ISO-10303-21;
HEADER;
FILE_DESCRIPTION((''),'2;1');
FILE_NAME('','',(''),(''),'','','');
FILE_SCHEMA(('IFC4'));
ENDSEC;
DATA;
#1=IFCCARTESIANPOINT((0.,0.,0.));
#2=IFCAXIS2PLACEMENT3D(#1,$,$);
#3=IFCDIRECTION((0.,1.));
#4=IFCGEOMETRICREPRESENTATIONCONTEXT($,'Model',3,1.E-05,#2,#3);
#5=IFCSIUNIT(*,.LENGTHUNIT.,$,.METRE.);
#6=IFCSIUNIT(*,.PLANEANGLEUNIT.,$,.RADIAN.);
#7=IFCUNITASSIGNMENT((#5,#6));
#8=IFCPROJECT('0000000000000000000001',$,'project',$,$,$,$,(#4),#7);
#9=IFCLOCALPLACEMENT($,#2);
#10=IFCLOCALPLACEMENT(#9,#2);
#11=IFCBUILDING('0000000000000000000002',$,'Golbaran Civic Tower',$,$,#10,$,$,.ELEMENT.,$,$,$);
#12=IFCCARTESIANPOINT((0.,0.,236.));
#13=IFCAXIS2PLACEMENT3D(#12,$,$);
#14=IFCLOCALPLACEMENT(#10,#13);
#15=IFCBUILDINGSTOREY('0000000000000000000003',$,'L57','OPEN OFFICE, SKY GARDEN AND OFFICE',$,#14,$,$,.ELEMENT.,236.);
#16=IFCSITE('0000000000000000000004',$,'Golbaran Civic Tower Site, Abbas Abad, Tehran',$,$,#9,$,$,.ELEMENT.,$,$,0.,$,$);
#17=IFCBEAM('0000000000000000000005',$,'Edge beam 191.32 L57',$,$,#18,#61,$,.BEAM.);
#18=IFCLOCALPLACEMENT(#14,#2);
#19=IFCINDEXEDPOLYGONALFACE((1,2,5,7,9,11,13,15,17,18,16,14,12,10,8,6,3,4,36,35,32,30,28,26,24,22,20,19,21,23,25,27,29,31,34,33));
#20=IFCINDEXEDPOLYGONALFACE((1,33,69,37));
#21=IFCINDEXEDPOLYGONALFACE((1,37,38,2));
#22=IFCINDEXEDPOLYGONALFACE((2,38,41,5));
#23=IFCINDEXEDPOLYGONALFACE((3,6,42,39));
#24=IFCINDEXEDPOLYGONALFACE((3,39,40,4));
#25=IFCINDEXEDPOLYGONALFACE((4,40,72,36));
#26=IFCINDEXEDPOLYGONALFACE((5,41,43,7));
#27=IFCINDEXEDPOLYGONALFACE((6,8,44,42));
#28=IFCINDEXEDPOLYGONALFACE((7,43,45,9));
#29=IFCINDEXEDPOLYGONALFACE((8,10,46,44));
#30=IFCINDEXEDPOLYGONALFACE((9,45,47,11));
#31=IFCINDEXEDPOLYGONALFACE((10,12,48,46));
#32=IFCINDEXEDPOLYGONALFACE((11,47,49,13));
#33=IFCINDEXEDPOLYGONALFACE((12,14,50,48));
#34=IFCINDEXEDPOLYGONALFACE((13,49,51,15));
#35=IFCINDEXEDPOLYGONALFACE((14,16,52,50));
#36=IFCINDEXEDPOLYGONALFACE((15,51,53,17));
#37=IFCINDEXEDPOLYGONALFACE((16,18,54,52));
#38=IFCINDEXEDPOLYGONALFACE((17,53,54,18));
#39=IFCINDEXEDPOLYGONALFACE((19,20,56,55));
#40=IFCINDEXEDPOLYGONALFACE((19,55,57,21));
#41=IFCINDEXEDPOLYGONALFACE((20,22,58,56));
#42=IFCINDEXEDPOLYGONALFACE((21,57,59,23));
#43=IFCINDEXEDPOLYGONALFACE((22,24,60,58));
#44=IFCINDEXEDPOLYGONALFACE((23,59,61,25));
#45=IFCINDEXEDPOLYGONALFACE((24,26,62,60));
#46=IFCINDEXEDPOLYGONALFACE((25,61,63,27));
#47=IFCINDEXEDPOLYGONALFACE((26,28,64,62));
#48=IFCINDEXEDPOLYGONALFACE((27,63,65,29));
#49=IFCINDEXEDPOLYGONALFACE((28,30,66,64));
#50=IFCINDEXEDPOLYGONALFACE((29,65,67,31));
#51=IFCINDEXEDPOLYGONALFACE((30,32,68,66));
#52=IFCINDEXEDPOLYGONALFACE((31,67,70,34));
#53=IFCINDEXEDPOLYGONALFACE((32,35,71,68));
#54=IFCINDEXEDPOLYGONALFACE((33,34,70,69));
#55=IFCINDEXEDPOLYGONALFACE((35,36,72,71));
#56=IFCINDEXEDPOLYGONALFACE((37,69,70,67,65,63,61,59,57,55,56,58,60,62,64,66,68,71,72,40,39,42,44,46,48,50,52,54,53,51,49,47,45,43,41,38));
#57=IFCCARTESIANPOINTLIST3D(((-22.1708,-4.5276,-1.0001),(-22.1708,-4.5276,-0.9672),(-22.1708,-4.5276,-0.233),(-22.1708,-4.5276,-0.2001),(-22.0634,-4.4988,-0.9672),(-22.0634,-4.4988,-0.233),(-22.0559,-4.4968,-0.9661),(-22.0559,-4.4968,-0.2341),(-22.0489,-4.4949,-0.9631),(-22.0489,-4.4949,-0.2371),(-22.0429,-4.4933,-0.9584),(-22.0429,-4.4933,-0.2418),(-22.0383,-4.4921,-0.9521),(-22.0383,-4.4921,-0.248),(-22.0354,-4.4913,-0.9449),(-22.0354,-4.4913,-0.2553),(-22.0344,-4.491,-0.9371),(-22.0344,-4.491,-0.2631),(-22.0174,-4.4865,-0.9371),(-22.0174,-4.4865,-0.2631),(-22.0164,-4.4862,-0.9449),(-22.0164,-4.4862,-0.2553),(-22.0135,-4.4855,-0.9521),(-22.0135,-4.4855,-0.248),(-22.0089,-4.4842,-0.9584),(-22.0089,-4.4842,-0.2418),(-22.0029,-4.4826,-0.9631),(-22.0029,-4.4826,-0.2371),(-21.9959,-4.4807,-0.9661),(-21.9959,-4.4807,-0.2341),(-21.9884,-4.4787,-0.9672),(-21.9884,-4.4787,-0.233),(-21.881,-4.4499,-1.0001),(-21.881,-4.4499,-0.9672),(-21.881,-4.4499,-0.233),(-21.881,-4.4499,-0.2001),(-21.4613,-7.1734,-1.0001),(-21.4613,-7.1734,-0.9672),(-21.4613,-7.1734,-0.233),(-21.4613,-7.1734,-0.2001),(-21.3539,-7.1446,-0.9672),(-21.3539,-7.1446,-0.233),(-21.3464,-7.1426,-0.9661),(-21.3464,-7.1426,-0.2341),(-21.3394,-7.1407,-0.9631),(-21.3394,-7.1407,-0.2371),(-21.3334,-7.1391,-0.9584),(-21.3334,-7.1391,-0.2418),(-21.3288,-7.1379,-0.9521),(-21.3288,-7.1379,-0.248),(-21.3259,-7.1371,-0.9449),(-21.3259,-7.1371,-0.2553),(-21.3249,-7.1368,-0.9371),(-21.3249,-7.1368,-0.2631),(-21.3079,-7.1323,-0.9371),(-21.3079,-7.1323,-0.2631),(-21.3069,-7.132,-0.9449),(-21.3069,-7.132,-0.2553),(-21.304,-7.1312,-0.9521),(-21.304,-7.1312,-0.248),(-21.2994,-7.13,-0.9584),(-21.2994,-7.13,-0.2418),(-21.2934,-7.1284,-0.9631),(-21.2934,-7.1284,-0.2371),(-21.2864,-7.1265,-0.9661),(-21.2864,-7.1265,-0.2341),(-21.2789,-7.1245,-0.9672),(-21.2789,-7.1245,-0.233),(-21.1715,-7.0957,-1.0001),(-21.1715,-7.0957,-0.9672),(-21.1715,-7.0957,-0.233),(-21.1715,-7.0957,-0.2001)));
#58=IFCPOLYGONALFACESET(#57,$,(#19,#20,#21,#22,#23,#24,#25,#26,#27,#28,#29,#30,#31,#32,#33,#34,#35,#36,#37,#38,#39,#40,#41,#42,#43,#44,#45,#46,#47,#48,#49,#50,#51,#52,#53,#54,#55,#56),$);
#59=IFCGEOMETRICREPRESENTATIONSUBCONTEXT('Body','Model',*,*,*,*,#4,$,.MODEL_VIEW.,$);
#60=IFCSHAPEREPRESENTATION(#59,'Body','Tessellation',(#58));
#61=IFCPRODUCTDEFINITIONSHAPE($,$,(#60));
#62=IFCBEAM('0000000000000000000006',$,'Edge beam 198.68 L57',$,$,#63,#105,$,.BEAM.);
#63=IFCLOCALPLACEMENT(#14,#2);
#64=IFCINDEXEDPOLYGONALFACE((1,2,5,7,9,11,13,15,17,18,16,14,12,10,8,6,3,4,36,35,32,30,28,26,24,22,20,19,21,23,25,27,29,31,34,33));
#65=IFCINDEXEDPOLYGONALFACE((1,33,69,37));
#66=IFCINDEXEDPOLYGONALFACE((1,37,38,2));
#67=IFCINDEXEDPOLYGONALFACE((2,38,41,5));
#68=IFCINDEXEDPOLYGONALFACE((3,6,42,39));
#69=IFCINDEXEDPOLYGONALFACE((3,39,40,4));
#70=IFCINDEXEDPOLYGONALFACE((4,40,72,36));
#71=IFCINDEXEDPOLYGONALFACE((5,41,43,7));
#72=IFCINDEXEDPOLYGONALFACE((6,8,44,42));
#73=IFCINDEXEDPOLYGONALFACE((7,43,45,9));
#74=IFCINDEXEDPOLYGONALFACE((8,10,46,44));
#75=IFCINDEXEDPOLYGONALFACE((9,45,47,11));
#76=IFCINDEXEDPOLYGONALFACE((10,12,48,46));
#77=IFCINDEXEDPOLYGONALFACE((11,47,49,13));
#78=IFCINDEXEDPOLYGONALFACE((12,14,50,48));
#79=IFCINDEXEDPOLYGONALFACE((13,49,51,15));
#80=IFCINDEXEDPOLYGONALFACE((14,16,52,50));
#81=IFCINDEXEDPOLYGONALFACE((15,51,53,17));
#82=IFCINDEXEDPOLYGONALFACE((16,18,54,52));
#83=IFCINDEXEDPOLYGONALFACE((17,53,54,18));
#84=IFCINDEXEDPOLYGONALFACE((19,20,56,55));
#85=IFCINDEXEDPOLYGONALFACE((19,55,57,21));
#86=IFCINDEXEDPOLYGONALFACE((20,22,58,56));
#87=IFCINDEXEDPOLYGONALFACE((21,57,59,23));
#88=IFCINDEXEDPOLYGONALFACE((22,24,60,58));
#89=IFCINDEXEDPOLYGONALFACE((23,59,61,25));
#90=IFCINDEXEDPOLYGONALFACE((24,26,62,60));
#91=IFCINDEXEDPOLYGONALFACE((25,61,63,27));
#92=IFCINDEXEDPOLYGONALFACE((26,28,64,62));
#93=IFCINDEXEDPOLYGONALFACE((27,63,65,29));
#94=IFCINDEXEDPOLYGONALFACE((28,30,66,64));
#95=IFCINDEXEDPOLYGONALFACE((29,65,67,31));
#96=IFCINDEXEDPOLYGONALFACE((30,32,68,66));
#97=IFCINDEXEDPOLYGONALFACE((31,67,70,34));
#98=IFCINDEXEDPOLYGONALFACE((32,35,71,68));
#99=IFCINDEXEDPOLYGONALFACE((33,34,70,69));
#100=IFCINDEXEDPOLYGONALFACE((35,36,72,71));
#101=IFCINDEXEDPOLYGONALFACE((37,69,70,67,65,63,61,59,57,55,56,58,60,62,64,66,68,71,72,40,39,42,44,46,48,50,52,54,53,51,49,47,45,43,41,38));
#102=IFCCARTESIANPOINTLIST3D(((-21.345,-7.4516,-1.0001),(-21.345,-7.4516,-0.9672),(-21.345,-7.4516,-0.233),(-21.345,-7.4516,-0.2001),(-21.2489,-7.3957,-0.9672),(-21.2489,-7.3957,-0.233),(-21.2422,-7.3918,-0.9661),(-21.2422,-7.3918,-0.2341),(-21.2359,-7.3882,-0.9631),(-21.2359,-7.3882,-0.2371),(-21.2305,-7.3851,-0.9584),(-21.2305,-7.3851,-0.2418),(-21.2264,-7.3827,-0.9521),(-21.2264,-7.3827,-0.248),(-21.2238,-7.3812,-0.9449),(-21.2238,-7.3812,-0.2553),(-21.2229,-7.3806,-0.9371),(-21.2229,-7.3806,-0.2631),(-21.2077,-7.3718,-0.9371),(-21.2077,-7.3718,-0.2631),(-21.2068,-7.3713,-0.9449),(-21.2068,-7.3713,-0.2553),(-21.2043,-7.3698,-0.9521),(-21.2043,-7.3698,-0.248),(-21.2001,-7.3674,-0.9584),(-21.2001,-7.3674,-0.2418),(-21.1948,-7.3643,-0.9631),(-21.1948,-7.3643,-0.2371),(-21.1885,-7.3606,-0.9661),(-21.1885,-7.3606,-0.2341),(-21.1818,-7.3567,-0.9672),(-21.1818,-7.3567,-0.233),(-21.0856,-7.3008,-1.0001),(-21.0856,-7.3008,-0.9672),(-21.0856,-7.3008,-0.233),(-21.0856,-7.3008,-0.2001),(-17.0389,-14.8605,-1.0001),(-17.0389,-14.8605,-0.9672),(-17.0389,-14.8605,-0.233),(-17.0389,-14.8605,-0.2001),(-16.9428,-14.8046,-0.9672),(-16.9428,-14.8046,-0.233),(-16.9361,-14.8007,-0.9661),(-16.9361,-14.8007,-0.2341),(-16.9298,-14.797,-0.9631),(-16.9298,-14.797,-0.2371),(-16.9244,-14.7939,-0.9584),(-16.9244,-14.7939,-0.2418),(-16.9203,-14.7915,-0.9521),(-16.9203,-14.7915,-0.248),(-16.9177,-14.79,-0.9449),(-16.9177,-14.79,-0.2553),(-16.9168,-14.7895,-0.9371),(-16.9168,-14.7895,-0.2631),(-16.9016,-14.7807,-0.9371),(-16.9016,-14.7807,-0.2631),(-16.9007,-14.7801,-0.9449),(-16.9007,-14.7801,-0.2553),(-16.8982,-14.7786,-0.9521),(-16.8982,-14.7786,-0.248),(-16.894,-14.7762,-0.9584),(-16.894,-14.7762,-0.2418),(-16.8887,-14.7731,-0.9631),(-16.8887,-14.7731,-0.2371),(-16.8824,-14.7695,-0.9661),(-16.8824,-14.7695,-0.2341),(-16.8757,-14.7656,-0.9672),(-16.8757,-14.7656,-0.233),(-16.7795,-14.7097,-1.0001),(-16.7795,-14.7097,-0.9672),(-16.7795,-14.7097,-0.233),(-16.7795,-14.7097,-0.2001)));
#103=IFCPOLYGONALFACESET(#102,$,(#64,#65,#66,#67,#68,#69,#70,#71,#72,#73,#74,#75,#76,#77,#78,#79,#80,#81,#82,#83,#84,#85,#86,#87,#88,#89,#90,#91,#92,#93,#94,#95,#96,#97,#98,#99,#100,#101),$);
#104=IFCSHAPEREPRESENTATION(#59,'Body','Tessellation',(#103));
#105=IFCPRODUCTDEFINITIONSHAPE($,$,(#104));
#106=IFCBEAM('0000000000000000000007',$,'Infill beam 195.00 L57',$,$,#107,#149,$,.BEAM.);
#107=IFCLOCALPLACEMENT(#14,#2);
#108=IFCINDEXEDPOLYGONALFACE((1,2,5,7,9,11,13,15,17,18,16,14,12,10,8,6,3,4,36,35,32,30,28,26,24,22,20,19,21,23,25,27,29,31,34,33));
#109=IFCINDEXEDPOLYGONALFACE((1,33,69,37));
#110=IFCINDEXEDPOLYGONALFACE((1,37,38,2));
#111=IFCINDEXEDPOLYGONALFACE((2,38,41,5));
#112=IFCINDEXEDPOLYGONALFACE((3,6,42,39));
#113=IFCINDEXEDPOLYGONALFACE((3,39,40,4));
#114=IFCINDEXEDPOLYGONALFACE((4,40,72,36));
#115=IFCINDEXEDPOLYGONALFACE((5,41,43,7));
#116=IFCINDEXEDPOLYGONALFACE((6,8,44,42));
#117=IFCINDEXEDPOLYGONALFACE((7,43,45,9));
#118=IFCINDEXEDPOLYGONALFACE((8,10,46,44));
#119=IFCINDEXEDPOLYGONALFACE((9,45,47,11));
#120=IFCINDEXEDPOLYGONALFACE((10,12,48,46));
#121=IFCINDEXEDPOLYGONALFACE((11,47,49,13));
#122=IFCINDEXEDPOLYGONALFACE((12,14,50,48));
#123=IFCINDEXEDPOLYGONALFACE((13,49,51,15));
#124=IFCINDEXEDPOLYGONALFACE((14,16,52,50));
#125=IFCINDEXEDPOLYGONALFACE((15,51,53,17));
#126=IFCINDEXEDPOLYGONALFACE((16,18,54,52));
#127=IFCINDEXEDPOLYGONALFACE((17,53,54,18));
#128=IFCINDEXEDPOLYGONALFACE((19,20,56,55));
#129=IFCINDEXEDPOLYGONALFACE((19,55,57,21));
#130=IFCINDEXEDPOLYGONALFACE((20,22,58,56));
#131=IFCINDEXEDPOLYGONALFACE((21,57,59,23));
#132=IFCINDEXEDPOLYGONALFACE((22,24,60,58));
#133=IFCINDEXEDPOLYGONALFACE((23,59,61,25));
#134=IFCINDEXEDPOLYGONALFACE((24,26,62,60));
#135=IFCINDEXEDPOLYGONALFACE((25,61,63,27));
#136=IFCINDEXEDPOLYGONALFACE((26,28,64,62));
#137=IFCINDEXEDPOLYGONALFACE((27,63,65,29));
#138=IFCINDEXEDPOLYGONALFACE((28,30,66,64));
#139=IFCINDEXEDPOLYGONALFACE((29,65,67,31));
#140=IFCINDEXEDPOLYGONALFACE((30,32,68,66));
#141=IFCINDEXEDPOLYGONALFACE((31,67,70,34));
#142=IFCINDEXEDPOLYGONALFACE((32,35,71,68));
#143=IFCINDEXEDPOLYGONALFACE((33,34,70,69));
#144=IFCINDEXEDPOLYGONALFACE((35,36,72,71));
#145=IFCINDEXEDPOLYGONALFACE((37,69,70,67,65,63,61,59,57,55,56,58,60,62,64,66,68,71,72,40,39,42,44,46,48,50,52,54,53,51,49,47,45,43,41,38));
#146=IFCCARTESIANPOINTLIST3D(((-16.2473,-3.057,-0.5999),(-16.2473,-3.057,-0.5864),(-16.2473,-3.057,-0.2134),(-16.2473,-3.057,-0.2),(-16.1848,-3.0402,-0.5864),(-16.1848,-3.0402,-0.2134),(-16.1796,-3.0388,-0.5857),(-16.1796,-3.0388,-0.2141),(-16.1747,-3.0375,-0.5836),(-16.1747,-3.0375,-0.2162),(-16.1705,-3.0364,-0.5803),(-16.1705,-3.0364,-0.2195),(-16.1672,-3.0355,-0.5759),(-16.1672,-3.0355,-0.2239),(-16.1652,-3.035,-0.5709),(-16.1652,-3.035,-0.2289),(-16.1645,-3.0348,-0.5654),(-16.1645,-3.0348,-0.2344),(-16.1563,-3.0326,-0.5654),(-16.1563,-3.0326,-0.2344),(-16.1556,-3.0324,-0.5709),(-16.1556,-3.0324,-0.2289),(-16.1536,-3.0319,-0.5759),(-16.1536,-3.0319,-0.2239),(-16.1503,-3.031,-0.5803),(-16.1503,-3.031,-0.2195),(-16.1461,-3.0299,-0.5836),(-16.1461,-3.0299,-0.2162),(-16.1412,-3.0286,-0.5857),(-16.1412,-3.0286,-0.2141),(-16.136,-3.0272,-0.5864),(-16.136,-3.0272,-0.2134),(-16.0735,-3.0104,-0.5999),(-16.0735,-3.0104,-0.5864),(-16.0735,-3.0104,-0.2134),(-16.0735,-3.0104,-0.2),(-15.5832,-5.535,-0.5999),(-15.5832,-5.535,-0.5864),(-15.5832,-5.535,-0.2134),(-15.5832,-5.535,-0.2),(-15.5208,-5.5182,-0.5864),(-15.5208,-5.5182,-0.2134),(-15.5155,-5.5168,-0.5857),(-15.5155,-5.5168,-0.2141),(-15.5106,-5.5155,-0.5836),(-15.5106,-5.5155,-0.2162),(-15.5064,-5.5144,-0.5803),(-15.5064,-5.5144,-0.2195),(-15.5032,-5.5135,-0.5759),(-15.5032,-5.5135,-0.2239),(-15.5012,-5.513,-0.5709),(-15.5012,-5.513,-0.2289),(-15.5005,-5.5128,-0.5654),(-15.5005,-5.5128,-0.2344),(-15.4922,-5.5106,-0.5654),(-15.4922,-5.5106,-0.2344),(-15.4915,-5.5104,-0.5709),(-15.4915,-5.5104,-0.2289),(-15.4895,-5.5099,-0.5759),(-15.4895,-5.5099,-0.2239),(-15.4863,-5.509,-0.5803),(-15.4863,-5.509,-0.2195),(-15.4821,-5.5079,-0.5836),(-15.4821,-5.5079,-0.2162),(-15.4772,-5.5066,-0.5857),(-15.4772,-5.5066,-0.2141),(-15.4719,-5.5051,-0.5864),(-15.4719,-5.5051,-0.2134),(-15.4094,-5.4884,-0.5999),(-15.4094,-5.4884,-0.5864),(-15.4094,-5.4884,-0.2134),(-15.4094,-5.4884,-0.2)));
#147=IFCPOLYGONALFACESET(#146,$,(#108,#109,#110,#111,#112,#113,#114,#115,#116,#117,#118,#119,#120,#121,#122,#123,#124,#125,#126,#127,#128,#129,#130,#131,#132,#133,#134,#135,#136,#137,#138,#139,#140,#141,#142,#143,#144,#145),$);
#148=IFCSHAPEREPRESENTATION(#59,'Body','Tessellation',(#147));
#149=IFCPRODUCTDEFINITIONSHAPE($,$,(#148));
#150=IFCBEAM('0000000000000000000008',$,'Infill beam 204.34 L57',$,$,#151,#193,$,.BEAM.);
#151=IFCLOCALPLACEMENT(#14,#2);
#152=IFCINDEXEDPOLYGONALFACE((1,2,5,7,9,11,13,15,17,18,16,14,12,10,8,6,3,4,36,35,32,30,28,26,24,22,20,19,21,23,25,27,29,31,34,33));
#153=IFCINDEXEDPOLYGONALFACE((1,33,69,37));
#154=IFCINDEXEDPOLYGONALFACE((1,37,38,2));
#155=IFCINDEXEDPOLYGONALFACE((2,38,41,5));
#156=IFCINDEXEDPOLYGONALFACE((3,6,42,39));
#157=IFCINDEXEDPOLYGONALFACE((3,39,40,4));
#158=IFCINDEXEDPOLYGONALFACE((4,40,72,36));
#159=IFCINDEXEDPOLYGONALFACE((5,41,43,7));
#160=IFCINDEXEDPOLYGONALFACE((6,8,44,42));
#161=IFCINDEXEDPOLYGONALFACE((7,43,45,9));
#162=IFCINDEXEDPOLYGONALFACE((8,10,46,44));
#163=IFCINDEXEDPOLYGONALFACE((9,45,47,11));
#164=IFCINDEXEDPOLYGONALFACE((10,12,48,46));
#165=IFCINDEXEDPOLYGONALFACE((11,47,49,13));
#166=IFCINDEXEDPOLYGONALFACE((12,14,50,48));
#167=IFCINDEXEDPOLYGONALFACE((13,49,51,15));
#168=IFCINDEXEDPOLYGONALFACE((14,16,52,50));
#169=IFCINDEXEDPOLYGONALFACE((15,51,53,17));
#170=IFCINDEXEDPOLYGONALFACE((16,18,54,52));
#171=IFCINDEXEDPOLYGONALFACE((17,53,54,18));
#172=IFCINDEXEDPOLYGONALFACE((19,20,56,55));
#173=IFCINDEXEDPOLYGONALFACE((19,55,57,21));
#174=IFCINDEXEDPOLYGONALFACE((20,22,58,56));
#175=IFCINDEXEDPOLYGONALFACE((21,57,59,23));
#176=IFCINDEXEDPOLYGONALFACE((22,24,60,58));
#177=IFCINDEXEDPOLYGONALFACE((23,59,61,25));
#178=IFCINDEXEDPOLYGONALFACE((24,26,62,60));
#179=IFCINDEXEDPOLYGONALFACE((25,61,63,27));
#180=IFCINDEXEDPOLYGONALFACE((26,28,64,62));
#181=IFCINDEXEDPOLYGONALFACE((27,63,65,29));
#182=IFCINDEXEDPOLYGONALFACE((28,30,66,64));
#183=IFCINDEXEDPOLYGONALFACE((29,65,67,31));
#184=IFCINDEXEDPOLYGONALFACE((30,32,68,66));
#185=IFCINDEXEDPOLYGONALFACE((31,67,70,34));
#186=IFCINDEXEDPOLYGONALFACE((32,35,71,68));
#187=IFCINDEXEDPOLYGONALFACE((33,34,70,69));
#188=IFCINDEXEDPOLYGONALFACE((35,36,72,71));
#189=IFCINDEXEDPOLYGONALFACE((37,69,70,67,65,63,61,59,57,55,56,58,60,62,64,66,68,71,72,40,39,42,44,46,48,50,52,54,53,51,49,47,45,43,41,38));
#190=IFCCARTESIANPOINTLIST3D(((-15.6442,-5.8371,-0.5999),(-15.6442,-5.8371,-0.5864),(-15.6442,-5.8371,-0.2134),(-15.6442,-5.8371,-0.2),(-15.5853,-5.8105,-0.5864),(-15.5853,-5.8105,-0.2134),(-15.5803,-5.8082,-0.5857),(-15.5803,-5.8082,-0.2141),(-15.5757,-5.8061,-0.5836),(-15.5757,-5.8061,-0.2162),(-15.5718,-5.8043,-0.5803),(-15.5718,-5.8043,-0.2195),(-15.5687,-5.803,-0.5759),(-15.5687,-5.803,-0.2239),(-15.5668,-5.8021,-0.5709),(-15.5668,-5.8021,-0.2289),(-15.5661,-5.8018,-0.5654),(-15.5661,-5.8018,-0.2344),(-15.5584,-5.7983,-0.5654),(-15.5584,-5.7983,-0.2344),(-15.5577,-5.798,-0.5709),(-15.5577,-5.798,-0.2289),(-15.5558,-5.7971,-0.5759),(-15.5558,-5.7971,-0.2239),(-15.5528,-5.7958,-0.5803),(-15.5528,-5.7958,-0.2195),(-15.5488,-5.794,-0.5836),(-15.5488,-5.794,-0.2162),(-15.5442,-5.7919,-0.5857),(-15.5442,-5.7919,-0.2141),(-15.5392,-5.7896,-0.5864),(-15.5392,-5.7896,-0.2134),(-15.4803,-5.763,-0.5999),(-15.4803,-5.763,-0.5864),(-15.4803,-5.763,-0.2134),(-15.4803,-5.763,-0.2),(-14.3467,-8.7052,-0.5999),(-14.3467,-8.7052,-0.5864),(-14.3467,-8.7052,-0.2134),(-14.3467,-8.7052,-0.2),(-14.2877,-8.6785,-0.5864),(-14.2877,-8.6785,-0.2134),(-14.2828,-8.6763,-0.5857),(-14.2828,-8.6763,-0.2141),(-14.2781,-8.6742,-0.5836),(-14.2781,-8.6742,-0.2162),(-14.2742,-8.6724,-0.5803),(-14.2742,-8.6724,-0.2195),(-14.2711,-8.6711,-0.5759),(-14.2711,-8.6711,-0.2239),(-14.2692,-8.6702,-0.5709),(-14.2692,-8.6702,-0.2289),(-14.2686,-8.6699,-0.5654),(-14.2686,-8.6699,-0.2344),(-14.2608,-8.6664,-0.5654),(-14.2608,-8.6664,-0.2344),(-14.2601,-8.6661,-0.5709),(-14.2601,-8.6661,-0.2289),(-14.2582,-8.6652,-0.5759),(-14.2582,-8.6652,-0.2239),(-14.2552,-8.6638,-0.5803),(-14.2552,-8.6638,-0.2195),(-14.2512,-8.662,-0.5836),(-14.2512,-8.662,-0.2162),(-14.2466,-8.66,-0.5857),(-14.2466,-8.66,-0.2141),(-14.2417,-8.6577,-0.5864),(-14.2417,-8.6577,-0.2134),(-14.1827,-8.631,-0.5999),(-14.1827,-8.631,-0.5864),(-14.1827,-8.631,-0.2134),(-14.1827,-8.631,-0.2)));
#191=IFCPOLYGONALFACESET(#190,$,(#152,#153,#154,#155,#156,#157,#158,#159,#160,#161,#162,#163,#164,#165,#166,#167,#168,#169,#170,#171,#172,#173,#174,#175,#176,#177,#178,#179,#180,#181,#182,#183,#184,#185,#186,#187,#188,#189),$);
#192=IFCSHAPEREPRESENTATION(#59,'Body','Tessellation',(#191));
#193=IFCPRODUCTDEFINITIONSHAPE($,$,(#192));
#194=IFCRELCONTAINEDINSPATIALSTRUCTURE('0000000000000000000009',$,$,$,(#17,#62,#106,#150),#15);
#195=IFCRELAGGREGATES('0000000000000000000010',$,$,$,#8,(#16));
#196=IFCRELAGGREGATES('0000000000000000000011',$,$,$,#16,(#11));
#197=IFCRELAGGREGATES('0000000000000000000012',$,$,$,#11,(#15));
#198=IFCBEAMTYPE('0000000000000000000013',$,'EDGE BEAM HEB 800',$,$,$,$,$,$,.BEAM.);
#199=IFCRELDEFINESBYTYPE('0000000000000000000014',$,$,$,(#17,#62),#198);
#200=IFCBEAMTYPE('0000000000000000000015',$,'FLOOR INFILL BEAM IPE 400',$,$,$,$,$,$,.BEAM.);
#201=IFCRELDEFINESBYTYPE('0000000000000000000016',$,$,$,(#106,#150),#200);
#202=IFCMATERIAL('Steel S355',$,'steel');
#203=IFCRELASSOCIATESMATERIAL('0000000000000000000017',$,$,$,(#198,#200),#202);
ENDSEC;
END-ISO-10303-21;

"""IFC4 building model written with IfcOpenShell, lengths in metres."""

from ifc_helpers import new_model, si_unit, direction, frame, origin, origin_2d, place, context, subcontext, project, spatial, i_section, extrude, material, material_profile, profile_set, type_object, element, save


model = new_model("IFC4")

# Units and contexts
model_context = context("Model", 3, precision=1e-05, world=origin(), true_north=direction((0.0, 1.0)))
body_context = subcontext(model_context, "Body", "Model", "MODEL_VIEW")
ifc_project = project(units=[si_unit("LENGTHUNIT", "METRE"), si_unit("PLANEANGLEUNIT", "RADIAN")], contexts=[model_context])

# Site, building, storey
site_placement = place(None, origin())
site = spatial("IfcSite", under=ifc_project, at=site_placement, Name="Golbaran Civic Tower Site, Abbas Abad, Tehran", CompositionType="ELEMENT", RefElevation=0.0)
building_placement = place(site_placement, origin())
building = spatial("IfcBuilding", under=site, at=building_placement, Name="Golbaran Civic Tower", CompositionType="ELEMENT")
storey_placement = place(building_placement, frame((0.0, 0.0, 236.0)))
storey = spatial("IfcBuildingStorey", under=building, at=storey_placement, Name="L57", Description="OPEN OFFICE, SKY GARDEN AND OFFICE", CompositionType="ELEMENT", Elevation=236.0)

# Beams
ifc_material_1 = material(Name="Steel S355", Category="steel")
ifc_material_profile_1 = material_profile(ifc_material_1, i_section(OverallWidth=0.3, OverallDepth=0.8, WebThickness=0.0176, FlangeThickness=0.033, FilletRadius=0.03, at=origin_2d()), Name="HEB 800")
ifc_profile_set_1 = profile_set([ifc_material_profile_1], Name="Steel S355")
beam_type_1 = type_object("IfcBeamType", Name="EDGE BEAM HEB 800", PredefinedType="BEAM", material=ifc_profile_set_1)
beam_1_placement = place(storey_placement, frame((-22.0259, -4.4888, -0.6001), z_axis=(0.259005, -0.965876, 0.0), x_axis=(0.965876, 0.259005, 0.0)))
element("IfcBeam", 1, at=beam_1_placement, inside=storey, type_object=beam_type_1, Name="Edge beam 191.32 L57", PredefinedType="BEAM", context=body_context, shape_type="SweptSolid", body=[
    extrude(i_section(OverallWidth=0.3, OverallDepth=0.8, WebThickness=0.0176, FlangeThickness=0.033, FilletRadius=0.03, at=origin_2d()), origin(), (0.0, 0.0, 1.0), 2.7393),
])
beam_2_placement = place(storey_placement, frame((-21.2153, -7.3762, -0.6001), z_axis=(0.502501, -0.864577, 0.0), x_axis=(0.864577, 0.502501, 0.0)))
element("IfcBeam", 2, at=beam_2_placement, inside=storey, type_object=beam_type_1, Name="Edge beam 198.68 L57", PredefinedType="BEAM", context=body_context, shape_type="SweptSolid", body=[
    extrude(i_section(OverallWidth=0.3, OverallDepth=0.8, WebThickness=0.0176, FlangeThickness=0.033, FilletRadius=0.03, at=origin_2d()), origin(), (0.0, 0.0, 1.0), 8.5693),
])
ifc_material_profile_2 = material_profile(ifc_material_1, i_section(OverallWidth=0.1799, OverallDepth=0.3999, WebThickness=0.0085, FlangeThickness=0.0134, FilletRadius=0.021, at=origin_2d()), Name="IPE 400")
ifc_profile_set_2 = profile_set([ifc_material_profile_2], Name="Steel S355")
beam_type_2 = type_object("IfcBeamType", Name="FLOOR INFILL BEAM IPE 400", PredefinedType="BEAM", material=ifc_profile_set_2)
beam_3_placement = place(storey_placement, frame((-16.1604, -3.0337, -0.3999), z_axis=(0.258847, -0.965918, 0.0), x_axis=(0.965918, 0.258847, 0.0)))
element("IfcBeam", 3, at=beam_3_placement, inside=storey, type_object=beam_type_2, Name="Infill beam 195.00 L57", PredefinedType="BEAM", context=body_context, shape_type="SweptSolid", body=[
    extrude(i_section(OverallWidth=0.1799, OverallDepth=0.3999, WebThickness=0.0085, FlangeThickness=0.0134, FilletRadius=0.021, at=origin_2d()), origin(), (0.0, 0.0, 1.0), 2.5654),
])
beam_4_placement = place(storey_placement, frame((-15.5623, -5.8, -0.3999), z_axis=(0.412195, -0.911095, 0.0), x_axis=(0.911095, 0.412195, 0.0)))
element("IfcBeam", 4, at=beam_4_placement, inside=storey, type_object=beam_type_2, Name="Infill beam 204.34 L57", PredefinedType="BEAM", context=body_context, shape_type="SweptSolid", body=[
    extrude(i_section(OverallWidth=0.1799, OverallDepth=0.3999, WebThickness=0.0085, FlangeThickness=0.0134, FilletRadius=0.021, at=origin_2d()), origin(), (0.0, 0.0, 1.0), 3.1479),
])

save(model, "model.ifc")
